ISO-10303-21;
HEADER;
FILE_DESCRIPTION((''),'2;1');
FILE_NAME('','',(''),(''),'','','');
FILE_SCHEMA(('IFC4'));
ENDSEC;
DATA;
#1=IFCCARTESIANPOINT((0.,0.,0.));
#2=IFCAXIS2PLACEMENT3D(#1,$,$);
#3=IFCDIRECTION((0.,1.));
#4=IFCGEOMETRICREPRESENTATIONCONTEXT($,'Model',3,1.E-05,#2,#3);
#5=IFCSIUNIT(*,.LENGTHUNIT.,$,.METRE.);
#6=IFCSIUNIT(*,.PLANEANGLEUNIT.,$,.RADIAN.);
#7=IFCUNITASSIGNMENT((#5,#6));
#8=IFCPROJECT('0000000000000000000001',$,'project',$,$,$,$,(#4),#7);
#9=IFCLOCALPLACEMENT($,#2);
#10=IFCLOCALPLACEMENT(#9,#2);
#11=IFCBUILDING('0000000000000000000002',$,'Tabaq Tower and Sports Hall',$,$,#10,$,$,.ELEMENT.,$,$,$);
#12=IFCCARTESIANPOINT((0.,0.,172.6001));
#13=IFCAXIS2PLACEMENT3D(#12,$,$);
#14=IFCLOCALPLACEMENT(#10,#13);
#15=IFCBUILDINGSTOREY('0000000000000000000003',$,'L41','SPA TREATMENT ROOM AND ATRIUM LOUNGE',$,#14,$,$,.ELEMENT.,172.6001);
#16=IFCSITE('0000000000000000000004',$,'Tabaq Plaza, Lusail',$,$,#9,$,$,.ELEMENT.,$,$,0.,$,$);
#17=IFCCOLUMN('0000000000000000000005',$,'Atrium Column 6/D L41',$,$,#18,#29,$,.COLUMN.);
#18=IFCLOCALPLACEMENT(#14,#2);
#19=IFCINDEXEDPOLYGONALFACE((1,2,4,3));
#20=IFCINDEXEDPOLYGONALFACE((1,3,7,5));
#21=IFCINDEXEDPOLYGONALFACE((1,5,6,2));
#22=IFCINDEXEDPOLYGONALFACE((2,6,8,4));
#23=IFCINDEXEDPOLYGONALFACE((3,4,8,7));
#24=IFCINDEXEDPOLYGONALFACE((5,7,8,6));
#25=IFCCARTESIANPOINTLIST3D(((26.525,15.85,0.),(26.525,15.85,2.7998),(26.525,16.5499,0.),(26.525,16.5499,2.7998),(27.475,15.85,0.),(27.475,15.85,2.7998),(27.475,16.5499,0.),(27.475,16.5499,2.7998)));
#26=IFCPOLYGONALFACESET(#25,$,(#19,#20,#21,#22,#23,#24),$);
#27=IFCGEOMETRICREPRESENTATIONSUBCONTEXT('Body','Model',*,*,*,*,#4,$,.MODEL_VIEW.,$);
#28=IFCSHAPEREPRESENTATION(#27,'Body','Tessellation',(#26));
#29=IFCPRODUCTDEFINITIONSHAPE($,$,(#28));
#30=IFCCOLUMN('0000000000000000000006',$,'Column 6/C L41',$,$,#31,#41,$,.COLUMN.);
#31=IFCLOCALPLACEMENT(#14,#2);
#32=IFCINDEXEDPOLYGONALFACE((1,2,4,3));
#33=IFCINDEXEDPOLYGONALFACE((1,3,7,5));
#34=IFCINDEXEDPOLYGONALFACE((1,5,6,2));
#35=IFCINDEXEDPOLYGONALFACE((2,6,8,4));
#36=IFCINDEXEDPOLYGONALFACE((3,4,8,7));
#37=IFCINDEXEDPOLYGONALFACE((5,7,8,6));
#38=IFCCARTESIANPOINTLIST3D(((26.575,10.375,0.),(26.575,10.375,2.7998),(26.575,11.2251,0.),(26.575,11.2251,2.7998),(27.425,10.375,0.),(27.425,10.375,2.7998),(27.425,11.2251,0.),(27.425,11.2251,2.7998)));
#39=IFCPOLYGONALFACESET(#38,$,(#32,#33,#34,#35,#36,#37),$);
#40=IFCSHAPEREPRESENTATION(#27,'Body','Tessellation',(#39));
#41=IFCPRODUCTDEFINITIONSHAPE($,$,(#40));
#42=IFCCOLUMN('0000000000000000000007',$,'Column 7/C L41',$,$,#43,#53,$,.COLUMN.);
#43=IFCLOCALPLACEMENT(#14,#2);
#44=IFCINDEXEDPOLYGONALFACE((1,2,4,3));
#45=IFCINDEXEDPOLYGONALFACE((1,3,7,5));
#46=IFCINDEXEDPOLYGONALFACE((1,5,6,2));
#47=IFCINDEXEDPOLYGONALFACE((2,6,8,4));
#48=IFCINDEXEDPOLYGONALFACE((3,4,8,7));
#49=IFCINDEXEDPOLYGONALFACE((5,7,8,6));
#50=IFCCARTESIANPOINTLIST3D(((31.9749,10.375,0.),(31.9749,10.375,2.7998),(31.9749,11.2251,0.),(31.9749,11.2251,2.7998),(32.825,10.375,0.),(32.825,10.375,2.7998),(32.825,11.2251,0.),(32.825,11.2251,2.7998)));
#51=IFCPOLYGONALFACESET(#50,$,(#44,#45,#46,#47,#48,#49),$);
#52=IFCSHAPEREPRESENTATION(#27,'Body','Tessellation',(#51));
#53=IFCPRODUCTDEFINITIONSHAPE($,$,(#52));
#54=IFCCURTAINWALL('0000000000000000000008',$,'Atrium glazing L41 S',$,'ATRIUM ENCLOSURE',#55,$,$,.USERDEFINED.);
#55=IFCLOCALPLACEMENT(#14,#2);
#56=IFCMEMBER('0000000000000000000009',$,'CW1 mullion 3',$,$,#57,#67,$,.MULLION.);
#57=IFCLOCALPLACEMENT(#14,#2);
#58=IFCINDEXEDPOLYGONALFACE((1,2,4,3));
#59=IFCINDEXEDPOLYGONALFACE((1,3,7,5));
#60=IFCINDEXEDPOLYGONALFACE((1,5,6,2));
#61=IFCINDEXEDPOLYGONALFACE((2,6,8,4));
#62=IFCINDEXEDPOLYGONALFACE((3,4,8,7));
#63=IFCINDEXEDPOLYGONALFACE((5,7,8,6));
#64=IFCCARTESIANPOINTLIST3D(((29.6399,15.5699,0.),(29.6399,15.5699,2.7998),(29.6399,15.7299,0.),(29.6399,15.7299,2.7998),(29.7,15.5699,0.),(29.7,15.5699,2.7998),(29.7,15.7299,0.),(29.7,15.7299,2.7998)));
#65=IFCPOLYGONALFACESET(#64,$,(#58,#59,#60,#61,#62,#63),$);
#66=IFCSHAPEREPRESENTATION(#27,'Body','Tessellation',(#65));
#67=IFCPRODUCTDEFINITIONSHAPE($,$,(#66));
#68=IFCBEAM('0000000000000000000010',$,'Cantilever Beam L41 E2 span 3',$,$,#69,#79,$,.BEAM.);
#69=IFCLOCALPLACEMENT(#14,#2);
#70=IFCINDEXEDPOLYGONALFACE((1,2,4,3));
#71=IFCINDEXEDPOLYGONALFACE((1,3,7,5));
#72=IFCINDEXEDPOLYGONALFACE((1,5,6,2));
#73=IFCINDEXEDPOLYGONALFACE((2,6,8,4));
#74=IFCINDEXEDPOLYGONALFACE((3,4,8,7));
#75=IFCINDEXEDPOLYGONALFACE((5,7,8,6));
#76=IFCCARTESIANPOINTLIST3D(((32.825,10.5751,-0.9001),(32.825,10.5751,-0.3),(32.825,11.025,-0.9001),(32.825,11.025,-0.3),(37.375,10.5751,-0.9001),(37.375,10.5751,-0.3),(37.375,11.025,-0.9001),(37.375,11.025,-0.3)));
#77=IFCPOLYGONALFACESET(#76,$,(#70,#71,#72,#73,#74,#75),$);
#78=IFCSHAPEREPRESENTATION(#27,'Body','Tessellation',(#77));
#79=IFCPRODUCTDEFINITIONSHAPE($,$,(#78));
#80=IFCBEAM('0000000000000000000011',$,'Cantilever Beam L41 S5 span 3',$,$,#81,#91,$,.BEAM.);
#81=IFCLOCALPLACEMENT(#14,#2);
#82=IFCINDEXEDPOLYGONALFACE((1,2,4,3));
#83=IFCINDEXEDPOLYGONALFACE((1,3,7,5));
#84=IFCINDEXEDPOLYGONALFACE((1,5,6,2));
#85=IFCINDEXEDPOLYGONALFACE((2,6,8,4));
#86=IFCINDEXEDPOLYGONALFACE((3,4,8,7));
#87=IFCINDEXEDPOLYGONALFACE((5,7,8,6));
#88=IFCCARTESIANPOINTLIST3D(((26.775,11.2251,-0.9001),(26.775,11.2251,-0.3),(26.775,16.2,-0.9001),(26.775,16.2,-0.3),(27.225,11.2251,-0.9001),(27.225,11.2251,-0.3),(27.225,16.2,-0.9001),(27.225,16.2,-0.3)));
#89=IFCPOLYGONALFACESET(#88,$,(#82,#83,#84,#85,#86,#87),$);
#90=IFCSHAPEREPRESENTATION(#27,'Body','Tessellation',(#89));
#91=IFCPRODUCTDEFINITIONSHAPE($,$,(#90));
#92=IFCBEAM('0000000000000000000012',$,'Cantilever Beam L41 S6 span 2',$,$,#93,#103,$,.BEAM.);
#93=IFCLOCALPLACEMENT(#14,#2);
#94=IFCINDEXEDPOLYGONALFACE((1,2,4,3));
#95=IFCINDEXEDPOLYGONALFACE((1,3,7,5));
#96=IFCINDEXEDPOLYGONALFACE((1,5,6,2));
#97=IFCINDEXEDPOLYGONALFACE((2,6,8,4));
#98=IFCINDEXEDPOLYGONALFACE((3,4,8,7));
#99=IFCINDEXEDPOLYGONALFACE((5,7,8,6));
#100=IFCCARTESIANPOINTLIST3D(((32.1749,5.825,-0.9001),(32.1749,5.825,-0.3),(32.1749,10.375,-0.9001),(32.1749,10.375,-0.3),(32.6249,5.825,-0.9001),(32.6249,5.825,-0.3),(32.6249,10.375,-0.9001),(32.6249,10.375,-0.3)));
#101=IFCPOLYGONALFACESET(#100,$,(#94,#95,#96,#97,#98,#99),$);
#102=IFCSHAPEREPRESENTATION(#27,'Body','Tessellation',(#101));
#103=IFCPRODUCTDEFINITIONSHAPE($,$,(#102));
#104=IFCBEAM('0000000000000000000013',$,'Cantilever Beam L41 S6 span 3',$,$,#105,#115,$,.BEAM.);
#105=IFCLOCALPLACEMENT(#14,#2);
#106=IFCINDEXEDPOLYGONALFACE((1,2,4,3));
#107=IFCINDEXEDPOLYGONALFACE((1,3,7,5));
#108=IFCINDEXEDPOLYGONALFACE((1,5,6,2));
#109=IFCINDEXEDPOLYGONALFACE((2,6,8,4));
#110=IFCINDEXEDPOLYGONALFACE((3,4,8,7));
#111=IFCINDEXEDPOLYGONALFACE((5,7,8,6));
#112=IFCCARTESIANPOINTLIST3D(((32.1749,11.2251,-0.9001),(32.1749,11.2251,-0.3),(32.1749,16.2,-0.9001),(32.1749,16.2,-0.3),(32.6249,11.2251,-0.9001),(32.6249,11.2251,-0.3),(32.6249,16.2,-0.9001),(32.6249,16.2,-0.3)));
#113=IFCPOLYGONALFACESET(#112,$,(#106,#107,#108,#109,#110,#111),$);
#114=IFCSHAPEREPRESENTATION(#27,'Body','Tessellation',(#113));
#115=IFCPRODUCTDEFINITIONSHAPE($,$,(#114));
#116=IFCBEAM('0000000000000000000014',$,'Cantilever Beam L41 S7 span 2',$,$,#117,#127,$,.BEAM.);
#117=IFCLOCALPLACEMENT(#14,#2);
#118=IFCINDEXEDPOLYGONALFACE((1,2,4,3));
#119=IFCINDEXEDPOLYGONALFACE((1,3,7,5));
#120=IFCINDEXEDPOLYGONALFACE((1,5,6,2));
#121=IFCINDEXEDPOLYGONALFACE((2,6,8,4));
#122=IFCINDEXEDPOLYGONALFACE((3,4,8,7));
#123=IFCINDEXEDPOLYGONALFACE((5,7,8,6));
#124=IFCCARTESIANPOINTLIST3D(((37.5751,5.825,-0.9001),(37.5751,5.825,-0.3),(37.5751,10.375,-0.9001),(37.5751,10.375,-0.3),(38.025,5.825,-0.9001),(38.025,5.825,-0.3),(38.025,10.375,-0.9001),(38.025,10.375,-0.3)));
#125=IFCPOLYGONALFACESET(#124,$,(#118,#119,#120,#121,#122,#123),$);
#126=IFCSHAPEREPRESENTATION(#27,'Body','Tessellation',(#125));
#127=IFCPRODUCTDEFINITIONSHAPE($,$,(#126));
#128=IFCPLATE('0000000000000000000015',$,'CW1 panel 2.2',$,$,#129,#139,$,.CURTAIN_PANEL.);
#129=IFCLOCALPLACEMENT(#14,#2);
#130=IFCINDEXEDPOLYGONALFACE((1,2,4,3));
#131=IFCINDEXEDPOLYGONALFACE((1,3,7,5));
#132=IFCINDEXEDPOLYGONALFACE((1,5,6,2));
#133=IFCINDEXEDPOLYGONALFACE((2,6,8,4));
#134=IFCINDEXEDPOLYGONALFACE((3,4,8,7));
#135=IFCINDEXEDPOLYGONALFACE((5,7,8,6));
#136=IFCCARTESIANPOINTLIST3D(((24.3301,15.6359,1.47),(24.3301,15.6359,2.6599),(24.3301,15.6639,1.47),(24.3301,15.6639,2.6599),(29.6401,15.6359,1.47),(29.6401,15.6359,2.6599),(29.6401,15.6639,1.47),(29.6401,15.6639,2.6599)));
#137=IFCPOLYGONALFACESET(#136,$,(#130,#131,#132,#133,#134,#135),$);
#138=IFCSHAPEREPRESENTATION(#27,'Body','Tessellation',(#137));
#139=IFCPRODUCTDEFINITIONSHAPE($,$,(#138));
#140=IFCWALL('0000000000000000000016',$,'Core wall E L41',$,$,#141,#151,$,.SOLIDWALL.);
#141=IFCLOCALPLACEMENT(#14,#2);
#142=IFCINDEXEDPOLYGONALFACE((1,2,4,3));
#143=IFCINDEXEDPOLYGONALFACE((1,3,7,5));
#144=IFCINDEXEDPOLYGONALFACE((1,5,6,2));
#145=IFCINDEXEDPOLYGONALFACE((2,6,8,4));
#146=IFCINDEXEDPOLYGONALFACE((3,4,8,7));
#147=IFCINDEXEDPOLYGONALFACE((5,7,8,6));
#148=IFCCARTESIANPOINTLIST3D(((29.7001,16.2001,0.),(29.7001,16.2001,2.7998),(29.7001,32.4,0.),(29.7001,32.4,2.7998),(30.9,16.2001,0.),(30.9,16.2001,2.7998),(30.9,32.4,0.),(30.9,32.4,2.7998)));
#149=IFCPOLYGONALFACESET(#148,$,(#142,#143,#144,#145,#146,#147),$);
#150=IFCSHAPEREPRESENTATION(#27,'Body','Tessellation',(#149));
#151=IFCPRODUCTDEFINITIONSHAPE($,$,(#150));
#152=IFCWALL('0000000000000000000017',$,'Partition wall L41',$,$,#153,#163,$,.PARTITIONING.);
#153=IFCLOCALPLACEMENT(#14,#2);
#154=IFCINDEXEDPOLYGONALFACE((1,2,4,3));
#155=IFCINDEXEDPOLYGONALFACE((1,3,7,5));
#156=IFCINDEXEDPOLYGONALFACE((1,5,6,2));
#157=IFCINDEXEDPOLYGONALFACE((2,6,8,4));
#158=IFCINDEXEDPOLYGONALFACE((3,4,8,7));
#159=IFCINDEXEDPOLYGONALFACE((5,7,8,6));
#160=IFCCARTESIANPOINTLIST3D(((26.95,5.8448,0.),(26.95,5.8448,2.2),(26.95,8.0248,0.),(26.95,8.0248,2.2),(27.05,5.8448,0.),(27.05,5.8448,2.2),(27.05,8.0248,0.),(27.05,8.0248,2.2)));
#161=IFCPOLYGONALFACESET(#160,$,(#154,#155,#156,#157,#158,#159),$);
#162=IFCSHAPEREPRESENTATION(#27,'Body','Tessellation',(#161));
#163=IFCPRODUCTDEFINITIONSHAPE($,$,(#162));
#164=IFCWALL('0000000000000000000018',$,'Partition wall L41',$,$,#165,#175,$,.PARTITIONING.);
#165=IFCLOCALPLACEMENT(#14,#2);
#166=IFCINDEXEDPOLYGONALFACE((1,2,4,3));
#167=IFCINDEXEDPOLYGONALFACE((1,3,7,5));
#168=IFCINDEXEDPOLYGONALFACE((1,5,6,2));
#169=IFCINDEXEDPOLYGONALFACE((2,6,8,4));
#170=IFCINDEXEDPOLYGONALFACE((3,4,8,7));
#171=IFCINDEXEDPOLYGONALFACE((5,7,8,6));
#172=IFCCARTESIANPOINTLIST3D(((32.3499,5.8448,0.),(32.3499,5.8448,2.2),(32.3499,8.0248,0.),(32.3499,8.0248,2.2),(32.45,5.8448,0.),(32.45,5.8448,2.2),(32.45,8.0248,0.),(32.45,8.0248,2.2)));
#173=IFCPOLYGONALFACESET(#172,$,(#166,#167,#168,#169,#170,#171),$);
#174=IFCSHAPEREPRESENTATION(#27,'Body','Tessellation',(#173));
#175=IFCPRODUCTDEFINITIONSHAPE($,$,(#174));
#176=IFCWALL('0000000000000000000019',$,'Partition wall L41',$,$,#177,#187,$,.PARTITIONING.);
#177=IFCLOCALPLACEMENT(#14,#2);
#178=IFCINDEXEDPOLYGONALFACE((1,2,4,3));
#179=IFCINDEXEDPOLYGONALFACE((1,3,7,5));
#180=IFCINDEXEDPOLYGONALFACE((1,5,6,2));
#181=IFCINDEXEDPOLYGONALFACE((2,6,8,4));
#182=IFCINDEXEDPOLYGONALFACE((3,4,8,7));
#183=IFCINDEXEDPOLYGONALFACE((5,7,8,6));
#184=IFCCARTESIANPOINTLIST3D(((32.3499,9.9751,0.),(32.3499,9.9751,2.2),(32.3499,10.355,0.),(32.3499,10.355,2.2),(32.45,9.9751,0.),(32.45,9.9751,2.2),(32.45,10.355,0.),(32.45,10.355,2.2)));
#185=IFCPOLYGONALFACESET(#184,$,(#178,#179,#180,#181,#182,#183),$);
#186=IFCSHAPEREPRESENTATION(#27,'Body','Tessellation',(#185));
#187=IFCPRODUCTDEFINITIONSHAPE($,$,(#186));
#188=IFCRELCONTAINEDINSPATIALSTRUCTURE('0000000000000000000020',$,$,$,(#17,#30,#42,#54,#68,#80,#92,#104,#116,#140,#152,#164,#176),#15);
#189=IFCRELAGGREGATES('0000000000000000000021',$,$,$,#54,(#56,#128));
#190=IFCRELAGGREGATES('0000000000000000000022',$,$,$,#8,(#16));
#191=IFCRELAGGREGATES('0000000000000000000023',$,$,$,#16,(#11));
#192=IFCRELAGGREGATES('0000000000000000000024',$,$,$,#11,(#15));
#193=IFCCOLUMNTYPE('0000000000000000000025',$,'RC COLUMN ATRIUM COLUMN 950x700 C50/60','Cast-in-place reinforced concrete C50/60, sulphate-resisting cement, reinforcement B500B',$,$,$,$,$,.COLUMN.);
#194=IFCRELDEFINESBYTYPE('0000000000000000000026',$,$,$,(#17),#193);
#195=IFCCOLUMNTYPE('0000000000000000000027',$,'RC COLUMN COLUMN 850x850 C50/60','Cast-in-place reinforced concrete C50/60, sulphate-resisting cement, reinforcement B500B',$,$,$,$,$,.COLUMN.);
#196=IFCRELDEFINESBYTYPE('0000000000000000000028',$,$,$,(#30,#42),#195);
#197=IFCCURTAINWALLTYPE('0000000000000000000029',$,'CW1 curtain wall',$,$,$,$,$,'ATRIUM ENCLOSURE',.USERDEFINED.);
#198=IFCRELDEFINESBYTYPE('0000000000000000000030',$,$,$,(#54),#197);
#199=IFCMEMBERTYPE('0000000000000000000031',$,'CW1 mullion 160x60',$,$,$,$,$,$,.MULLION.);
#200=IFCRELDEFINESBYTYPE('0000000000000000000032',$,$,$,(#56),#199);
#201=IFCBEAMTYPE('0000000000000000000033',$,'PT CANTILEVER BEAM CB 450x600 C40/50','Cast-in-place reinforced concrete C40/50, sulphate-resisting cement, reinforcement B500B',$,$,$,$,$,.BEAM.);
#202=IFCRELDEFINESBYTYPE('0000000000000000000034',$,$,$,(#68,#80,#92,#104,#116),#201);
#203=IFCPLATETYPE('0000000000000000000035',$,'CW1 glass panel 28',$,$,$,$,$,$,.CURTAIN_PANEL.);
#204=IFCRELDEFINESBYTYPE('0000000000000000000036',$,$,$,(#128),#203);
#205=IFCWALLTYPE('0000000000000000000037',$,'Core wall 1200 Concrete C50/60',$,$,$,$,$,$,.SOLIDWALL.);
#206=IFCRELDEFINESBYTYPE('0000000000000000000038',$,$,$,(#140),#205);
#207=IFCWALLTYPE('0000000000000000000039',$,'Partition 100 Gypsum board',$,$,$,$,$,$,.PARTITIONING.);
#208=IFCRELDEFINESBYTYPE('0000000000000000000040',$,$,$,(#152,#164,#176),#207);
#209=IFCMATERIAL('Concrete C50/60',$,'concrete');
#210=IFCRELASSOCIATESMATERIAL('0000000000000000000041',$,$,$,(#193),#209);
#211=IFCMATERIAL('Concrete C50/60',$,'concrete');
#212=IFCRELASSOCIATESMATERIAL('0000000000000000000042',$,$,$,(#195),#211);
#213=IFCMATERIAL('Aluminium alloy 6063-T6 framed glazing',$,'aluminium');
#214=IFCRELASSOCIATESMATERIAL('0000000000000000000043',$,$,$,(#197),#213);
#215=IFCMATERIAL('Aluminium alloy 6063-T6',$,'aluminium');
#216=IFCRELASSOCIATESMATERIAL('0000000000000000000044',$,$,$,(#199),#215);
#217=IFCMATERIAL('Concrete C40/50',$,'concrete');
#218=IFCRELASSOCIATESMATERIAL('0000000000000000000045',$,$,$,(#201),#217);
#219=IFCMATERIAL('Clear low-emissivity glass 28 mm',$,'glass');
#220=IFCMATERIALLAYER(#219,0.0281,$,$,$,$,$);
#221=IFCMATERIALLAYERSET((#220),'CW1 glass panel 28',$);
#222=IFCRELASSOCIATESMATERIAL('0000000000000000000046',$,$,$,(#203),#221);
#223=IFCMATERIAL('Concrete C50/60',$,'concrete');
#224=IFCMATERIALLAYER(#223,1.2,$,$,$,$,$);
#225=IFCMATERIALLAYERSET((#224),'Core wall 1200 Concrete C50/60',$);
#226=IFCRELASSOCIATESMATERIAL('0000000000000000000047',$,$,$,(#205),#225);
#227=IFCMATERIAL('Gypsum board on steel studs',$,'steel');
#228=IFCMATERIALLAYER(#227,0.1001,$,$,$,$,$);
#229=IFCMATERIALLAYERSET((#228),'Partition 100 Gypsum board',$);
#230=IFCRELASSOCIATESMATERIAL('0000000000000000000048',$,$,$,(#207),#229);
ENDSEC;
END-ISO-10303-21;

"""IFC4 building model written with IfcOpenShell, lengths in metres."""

from ifc_helpers import new_model, si_unit, direction, frame, frame_2d, origin, origin_2d, place, context, subcontext, project, spatial, rectangle, extrude, material, layer, layer_set, material_profile, profile_set, type_object, element, aggregate, save


model = new_model("IFC4")

# Units and contexts
model_context = context("Model", 3, precision=1e-05, world=origin(), true_north=direction((0.0, 1.0)))
body_context = subcontext(model_context, "Body", "Model", "MODEL_VIEW")
ifc_project = project(units=[si_unit("LENGTHUNIT", "METRE"), si_unit("PLANEANGLEUNIT", "RADIAN")], contexts=[model_context])

# Site, building, storey
site_placement = place(None, origin())
site = spatial("IfcSite", under=ifc_project, at=site_placement, Name="Tabaq Plaza, Lusail", CompositionType="ELEMENT", RefElevation=0.0)
building_placement = place(site_placement, origin())
building = spatial("IfcBuilding", under=site, at=building_placement, Name="Tabaq Tower and Sports Hall", CompositionType="ELEMENT")
storey_placement = place(building_placement, frame((0.0, 0.0, 172.6001)))
storey = spatial("IfcBuildingStorey", under=building, at=storey_placement, Name="L41", Description="SPA TREATMENT ROOM AND ATRIUM LOUNGE", CompositionType="ELEMENT", Elevation=172.6001)

# Columns
ifc_material_1 = material(Name="Concrete C50/60", Category="concrete")
ifc_material_profile_1 = material_profile(ifc_material_1, rectangle(XDim=0.95, YDim=0.7, at=origin_2d()), Name="ATRIUM COLUMN 950x700")
ifc_profile_set_1 = profile_set([ifc_material_profile_1], Name="Concrete C50/60")
column_type_1 = type_object("IfcColumnType", Name="RC COLUMN ATRIUM COLUMN 950x700 C50/60", Description="Cast-in-place reinforced concrete C50/60, sulphate-resisting cement, reinforcement B500B", PredefinedType="COLUMN", material=ifc_profile_set_1)
column_placement = place(storey_placement, frame((27.0, 16.2, 0.0), z_axis=(0.0, 0.0, 1.0), x_axis=(1.0, 0.0, 0.0)))
element("IfcColumn", 1, at=column_placement, inside=storey, type_object=column_type_1, Name="Atrium Column 6/D L41", PredefinedType="COLUMN", context=body_context, shape_type="SweptSolid", body=[
    extrude(rectangle(XDim=0.95, YDim=0.7, at=origin_2d()), origin(), (0.0, 0.0, 1.0), 2.7998),
])
ifc_material_2 = material(Name="Concrete C50/60", Category="concrete")
ifc_material_profile_2 = material_profile(ifc_material_2, rectangle(XDim=0.8501, YDim=0.8501, at=origin_2d()), Name="COLUMN 850x850")
ifc_profile_set_2 = profile_set([ifc_material_profile_2], Name="Concrete C50/60")
column_type_2 = type_object("IfcColumnType", Name="RC COLUMN COLUMN 850x850 C50/60", Description="Cast-in-place reinforced concrete C50/60, sulphate-resisting cement, reinforcement B500B", PredefinedType="COLUMN", material=ifc_profile_set_2)
for number, where, z_axis, x_axis, name in (
    (2, (27.0, 10.8, 0.0), (0.0, 0.0, 1.0), (1.0, 0.0, 0.0), "Column 6/C L41"),
    (3, (32.3999, 10.8, 0.0), (0.0, 0.0, 1.0), (1.0, 0.0, 0.0), "Column 7/C L41"),
):
    element("IfcColumn", number, at=place(storey_placement, frame(where, z_axis=z_axis, x_axis=x_axis)), inside=storey, type_object=column_type_2, Name=name, PredefinedType="COLUMN", context=body_context, shape_type="SweptSolid", body=[
        extrude(rectangle(XDim=0.8501, YDim=0.8501, at=origin_2d()), origin(), (0.0, 0.0, 1.0), 2.7998),
    ])

# Curtain wall, member
ifc_material_3 = material(Name="Aluminium alloy 6063-T6 framed glazing", Category="aluminium")
curtain_wall_type = type_object("IfcCurtainWallType", Name="CW1 curtain wall", ElementType="ATRIUM ENCLOSURE", PredefinedType="USERDEFINED", material=ifc_material_3)
curtain_wall_placement = place(storey_placement, origin())
curtain_wall = element("IfcCurtainWall", 4, at=curtain_wall_placement, inside=storey, type_object=curtain_wall_type, Name="Atrium glazing L41 S", ObjectType="ATRIUM ENCLOSURE", PredefinedType="USERDEFINED")
ifc_material_4 = material(Name="Aluminium alloy 6063-T6", Category="aluminium")
ifc_material_profile_3 = material_profile(ifc_material_4, rectangle(XDim=0.1599, YDim=0.0601, at=origin_2d()), Name="MULLION 160x60")
ifc_profile_set_3 = profile_set([ifc_material_profile_3], Name="Aluminium alloy 6063-T6")
member_type = type_object("IfcMemberType", Name="CW1 mullion 160x60", PredefinedType="MULLION", material=ifc_profile_set_3)
member_placement = place(storey_placement, frame((29.6699, 15.6499, 0.0), z_axis=(0.0, 0.0, 1.0), x_axis=(0.0, 1.0, 0.0)))
member = element("IfcMember", 5, at=member_placement, type_object=member_type, Name="CW1 mullion 3", PredefinedType="MULLION", context=body_context, shape_type="SweptSolid", body=[
    extrude(rectangle(XDim=0.1599, YDim=0.0601, at=origin_2d()), origin(), (0.0, 0.0, 1.0), 2.7998),
])

# Beams
ifc_material_5 = material(Name="Concrete C40/50", Category="concrete")
ifc_material_profile_4 = material_profile(ifc_material_5, rectangle(XDim=0.45, YDim=0.6001, at=origin_2d()), Name="CB 450x600")
ifc_profile_set_4 = profile_set([ifc_material_profile_4], Name="Concrete C40/50")
beam_type = type_object("IfcBeamType", Name="PT CANTILEVER BEAM CB 450x600 C40/50", Description="Cast-in-place reinforced concrete C40/50, sulphate-resisting cement, reinforcement B500B", PredefinedType="BEAM", material=ifc_profile_set_4)
beam_1_placement = place(storey_placement, frame((37.375, 10.8, -0.6001), z_axis=(-1.0, 0.0, 0.0), x_axis=(0.0, -1.0, 0.0)))
element("IfcBeam", 6, at=beam_1_placement, inside=storey, type_object=beam_type, Name="Cantilever Beam L41 E2 span 3", PredefinedType="BEAM", context=body_context, shape_type="SweptSolid", body=[
    extrude(rectangle(XDim=0.45, YDim=0.6001, at=origin_2d()), origin(), (0.0, 0.0, 1.0), 4.55),
])
beam_2_placement = place(storey_placement, frame((27.0, 11.2251, -0.6001), z_axis=(0.0, 1.0, 0.0), x_axis=(-1.0, 0.0, 0.0)))
element("IfcBeam", 7, at=beam_2_placement, inside=storey, type_object=beam_type, Name="Cantilever Beam L41 S5 span 3", PredefinedType="BEAM", context=body_context, shape_type="SweptSolid", body=[
    extrude(rectangle(XDim=0.45, YDim=0.6001, at=origin_2d()), origin(), (0.0, 0.0, 1.0), 4.9749),
])
beam_3_placement = place(storey_placement, frame((32.3999, 5.825, -0.6001), z_axis=(0.0, 1.0, 0.0), x_axis=(-1.0, 0.0, 0.0)))
element("IfcBeam", 8, at=beam_3_placement, inside=storey, type_object=beam_type, Name="Cantilever Beam L41 S6 span 2", PredefinedType="BEAM", context=body_context, shape_type="SweptSolid", body=[
    extrude(rectangle(XDim=0.45, YDim=0.6001, at=origin_2d()), origin(), (0.0, 0.0, 1.0), 4.55),
])
beam_4_placement = place(storey_placement, frame((32.3999, 11.2251, -0.6001), z_axis=(0.0, 1.0, 0.0), x_axis=(-1.0, 0.0, 0.0)))
element("IfcBeam", 9, at=beam_4_placement, inside=storey, type_object=beam_type, Name="Cantilever Beam L41 S6 span 3", PredefinedType="BEAM", context=body_context, shape_type="SweptSolid", body=[
    extrude(rectangle(XDim=0.45, YDim=0.6001, at=origin_2d()), origin(), (0.0, 0.0, 1.0), 4.9749),
])
beam_5_placement = place(storey_placement, frame((37.8, 5.825, -0.6001), z_axis=(0.0, 1.0, 0.0), x_axis=(-1.0, 0.0, 0.0)))
element("IfcBeam", 10, at=beam_5_placement, inside=storey, type_object=beam_type, Name="Cantilever Beam L41 S7 span 2", PredefinedType="BEAM", context=body_context, shape_type="SweptSolid", body=[
    extrude(rectangle(XDim=0.45, YDim=0.6001, at=origin_2d()), origin(), (0.0, 0.0, 1.0), 4.55),
])

# Plate
ifc_material_6 = material(Name="Clear low-emissivity glass 28 mm", Category="glass")
ifc_layer_1 = layer(ifc_material_6, 0.0281)
ifc_layer_set_1 = layer_set([ifc_layer_1], Name="CW1 glass panel 28")
plate_type = type_object("IfcPlateType", Name="CW1 glass panel 28", PredefinedType="CURTAIN_PANEL", material=ifc_layer_set_1)
plate_placement = place(storey_placement, frame((26.9851, 15.6499, 1.47), z_axis=(0.0, 0.0, 1.0), x_axis=(1.0, 0.0, 0.0)))
plate = element("IfcPlate", 11, at=plate_placement, type_object=plate_type, Name="CW1 panel 2.2", PredefinedType="CURTAIN_PANEL", context=body_context, shape_type="SweptSolid", body=[
    extrude(rectangle(XDim=5.3101, YDim=0.0281, at=origin_2d()), origin(), (0.0, 0.0, 1.0), 1.1899),
])
aggregate(curtain_wall, [member, plate])

# Walls
ifc_material_7 = material(Name="Concrete C50/60", Category="concrete")
ifc_layer_2 = layer(ifc_material_7, 1.2)
ifc_layer_set_2 = layer_set([ifc_layer_2], Name="Core wall 1200 Concrete C50/60")
wall_type_1 = type_object("IfcWallType", Name="Core wall 1200 Concrete C50/60", PredefinedType="SOLIDWALL", material=ifc_layer_set_2)
wall_1_placement = place(storey_placement, frame((30.3, 16.2, 0.0), z_axis=(0.0, 0.0, 1.0), x_axis=(0.0, 1.0, 0.0)))
element("IfcWall", 12, at=wall_1_placement, inside=storey, type_object=wall_type_1, Name="Core wall E L41", PredefinedType="SOLIDWALL", context=body_context, shape_type="SweptSolid", body=[
    extrude(rectangle(XDim=16.2, YDim=1.2, at=frame_2d((8.1001, 0.0))), origin(), (0.0, 0.0, 1.0), 2.7998),
])
ifc_material_8 = material(Name="Gypsum board on steel studs", Category="steel")
ifc_layer_3 = layer(ifc_material_8, 0.1001)
ifc_layer_set_3 = layer_set([ifc_layer_3], Name="Partition 100 Gypsum board")
wall_type_2 = type_object("IfcWallType", Name="Partition 100 Gypsum board", PredefinedType="PARTITIONING", material=ifc_layer_set_3)
for number, where, z_axis, x_axis, name in (
    (13, (27.0, 5.845, 0.0), (0.0, 0.0, 1.0), (0.0, 1.0, 0.0), "Partition wall L41"),
    (14, (32.3999, 5.845, 0.0), (0.0, 0.0, 1.0), (0.0, 1.0, 0.0), "Partition wall L41"),
):
    element("IfcWall", number, at=place(storey_placement, frame(where, z_axis=z_axis, x_axis=x_axis)), inside=storey, type_object=wall_type_2, Name=name, PredefinedType="PARTITIONING", context=body_context, shape_type="SweptSolid", body=[
        extrude(rectangle(XDim=2.1799, YDim=0.1001, at=frame_2d((1.0898, 0.0))), origin(), (0.0, 0.0, 1.0), 2.2),
    ])
wall_2_placement = place(storey_placement, frame((32.3999, 9.9751, 0.0), z_axis=(0.0, 0.0, 1.0), x_axis=(0.0, 1.0, 0.0)))
element("IfcWall", 15, at=wall_2_placement, inside=storey, type_object=wall_type_2, Name="Partition wall L41", PredefinedType="PARTITIONING", context=body_context, shape_type="SweptSolid", body=[
    extrude(rectangle(XDim=0.3799, YDim=0.1001, at=frame_2d((0.1899, 0.0))), origin(), (0.0, 0.0, 1.0), 2.2),
])

save(model, "model.ifc")
